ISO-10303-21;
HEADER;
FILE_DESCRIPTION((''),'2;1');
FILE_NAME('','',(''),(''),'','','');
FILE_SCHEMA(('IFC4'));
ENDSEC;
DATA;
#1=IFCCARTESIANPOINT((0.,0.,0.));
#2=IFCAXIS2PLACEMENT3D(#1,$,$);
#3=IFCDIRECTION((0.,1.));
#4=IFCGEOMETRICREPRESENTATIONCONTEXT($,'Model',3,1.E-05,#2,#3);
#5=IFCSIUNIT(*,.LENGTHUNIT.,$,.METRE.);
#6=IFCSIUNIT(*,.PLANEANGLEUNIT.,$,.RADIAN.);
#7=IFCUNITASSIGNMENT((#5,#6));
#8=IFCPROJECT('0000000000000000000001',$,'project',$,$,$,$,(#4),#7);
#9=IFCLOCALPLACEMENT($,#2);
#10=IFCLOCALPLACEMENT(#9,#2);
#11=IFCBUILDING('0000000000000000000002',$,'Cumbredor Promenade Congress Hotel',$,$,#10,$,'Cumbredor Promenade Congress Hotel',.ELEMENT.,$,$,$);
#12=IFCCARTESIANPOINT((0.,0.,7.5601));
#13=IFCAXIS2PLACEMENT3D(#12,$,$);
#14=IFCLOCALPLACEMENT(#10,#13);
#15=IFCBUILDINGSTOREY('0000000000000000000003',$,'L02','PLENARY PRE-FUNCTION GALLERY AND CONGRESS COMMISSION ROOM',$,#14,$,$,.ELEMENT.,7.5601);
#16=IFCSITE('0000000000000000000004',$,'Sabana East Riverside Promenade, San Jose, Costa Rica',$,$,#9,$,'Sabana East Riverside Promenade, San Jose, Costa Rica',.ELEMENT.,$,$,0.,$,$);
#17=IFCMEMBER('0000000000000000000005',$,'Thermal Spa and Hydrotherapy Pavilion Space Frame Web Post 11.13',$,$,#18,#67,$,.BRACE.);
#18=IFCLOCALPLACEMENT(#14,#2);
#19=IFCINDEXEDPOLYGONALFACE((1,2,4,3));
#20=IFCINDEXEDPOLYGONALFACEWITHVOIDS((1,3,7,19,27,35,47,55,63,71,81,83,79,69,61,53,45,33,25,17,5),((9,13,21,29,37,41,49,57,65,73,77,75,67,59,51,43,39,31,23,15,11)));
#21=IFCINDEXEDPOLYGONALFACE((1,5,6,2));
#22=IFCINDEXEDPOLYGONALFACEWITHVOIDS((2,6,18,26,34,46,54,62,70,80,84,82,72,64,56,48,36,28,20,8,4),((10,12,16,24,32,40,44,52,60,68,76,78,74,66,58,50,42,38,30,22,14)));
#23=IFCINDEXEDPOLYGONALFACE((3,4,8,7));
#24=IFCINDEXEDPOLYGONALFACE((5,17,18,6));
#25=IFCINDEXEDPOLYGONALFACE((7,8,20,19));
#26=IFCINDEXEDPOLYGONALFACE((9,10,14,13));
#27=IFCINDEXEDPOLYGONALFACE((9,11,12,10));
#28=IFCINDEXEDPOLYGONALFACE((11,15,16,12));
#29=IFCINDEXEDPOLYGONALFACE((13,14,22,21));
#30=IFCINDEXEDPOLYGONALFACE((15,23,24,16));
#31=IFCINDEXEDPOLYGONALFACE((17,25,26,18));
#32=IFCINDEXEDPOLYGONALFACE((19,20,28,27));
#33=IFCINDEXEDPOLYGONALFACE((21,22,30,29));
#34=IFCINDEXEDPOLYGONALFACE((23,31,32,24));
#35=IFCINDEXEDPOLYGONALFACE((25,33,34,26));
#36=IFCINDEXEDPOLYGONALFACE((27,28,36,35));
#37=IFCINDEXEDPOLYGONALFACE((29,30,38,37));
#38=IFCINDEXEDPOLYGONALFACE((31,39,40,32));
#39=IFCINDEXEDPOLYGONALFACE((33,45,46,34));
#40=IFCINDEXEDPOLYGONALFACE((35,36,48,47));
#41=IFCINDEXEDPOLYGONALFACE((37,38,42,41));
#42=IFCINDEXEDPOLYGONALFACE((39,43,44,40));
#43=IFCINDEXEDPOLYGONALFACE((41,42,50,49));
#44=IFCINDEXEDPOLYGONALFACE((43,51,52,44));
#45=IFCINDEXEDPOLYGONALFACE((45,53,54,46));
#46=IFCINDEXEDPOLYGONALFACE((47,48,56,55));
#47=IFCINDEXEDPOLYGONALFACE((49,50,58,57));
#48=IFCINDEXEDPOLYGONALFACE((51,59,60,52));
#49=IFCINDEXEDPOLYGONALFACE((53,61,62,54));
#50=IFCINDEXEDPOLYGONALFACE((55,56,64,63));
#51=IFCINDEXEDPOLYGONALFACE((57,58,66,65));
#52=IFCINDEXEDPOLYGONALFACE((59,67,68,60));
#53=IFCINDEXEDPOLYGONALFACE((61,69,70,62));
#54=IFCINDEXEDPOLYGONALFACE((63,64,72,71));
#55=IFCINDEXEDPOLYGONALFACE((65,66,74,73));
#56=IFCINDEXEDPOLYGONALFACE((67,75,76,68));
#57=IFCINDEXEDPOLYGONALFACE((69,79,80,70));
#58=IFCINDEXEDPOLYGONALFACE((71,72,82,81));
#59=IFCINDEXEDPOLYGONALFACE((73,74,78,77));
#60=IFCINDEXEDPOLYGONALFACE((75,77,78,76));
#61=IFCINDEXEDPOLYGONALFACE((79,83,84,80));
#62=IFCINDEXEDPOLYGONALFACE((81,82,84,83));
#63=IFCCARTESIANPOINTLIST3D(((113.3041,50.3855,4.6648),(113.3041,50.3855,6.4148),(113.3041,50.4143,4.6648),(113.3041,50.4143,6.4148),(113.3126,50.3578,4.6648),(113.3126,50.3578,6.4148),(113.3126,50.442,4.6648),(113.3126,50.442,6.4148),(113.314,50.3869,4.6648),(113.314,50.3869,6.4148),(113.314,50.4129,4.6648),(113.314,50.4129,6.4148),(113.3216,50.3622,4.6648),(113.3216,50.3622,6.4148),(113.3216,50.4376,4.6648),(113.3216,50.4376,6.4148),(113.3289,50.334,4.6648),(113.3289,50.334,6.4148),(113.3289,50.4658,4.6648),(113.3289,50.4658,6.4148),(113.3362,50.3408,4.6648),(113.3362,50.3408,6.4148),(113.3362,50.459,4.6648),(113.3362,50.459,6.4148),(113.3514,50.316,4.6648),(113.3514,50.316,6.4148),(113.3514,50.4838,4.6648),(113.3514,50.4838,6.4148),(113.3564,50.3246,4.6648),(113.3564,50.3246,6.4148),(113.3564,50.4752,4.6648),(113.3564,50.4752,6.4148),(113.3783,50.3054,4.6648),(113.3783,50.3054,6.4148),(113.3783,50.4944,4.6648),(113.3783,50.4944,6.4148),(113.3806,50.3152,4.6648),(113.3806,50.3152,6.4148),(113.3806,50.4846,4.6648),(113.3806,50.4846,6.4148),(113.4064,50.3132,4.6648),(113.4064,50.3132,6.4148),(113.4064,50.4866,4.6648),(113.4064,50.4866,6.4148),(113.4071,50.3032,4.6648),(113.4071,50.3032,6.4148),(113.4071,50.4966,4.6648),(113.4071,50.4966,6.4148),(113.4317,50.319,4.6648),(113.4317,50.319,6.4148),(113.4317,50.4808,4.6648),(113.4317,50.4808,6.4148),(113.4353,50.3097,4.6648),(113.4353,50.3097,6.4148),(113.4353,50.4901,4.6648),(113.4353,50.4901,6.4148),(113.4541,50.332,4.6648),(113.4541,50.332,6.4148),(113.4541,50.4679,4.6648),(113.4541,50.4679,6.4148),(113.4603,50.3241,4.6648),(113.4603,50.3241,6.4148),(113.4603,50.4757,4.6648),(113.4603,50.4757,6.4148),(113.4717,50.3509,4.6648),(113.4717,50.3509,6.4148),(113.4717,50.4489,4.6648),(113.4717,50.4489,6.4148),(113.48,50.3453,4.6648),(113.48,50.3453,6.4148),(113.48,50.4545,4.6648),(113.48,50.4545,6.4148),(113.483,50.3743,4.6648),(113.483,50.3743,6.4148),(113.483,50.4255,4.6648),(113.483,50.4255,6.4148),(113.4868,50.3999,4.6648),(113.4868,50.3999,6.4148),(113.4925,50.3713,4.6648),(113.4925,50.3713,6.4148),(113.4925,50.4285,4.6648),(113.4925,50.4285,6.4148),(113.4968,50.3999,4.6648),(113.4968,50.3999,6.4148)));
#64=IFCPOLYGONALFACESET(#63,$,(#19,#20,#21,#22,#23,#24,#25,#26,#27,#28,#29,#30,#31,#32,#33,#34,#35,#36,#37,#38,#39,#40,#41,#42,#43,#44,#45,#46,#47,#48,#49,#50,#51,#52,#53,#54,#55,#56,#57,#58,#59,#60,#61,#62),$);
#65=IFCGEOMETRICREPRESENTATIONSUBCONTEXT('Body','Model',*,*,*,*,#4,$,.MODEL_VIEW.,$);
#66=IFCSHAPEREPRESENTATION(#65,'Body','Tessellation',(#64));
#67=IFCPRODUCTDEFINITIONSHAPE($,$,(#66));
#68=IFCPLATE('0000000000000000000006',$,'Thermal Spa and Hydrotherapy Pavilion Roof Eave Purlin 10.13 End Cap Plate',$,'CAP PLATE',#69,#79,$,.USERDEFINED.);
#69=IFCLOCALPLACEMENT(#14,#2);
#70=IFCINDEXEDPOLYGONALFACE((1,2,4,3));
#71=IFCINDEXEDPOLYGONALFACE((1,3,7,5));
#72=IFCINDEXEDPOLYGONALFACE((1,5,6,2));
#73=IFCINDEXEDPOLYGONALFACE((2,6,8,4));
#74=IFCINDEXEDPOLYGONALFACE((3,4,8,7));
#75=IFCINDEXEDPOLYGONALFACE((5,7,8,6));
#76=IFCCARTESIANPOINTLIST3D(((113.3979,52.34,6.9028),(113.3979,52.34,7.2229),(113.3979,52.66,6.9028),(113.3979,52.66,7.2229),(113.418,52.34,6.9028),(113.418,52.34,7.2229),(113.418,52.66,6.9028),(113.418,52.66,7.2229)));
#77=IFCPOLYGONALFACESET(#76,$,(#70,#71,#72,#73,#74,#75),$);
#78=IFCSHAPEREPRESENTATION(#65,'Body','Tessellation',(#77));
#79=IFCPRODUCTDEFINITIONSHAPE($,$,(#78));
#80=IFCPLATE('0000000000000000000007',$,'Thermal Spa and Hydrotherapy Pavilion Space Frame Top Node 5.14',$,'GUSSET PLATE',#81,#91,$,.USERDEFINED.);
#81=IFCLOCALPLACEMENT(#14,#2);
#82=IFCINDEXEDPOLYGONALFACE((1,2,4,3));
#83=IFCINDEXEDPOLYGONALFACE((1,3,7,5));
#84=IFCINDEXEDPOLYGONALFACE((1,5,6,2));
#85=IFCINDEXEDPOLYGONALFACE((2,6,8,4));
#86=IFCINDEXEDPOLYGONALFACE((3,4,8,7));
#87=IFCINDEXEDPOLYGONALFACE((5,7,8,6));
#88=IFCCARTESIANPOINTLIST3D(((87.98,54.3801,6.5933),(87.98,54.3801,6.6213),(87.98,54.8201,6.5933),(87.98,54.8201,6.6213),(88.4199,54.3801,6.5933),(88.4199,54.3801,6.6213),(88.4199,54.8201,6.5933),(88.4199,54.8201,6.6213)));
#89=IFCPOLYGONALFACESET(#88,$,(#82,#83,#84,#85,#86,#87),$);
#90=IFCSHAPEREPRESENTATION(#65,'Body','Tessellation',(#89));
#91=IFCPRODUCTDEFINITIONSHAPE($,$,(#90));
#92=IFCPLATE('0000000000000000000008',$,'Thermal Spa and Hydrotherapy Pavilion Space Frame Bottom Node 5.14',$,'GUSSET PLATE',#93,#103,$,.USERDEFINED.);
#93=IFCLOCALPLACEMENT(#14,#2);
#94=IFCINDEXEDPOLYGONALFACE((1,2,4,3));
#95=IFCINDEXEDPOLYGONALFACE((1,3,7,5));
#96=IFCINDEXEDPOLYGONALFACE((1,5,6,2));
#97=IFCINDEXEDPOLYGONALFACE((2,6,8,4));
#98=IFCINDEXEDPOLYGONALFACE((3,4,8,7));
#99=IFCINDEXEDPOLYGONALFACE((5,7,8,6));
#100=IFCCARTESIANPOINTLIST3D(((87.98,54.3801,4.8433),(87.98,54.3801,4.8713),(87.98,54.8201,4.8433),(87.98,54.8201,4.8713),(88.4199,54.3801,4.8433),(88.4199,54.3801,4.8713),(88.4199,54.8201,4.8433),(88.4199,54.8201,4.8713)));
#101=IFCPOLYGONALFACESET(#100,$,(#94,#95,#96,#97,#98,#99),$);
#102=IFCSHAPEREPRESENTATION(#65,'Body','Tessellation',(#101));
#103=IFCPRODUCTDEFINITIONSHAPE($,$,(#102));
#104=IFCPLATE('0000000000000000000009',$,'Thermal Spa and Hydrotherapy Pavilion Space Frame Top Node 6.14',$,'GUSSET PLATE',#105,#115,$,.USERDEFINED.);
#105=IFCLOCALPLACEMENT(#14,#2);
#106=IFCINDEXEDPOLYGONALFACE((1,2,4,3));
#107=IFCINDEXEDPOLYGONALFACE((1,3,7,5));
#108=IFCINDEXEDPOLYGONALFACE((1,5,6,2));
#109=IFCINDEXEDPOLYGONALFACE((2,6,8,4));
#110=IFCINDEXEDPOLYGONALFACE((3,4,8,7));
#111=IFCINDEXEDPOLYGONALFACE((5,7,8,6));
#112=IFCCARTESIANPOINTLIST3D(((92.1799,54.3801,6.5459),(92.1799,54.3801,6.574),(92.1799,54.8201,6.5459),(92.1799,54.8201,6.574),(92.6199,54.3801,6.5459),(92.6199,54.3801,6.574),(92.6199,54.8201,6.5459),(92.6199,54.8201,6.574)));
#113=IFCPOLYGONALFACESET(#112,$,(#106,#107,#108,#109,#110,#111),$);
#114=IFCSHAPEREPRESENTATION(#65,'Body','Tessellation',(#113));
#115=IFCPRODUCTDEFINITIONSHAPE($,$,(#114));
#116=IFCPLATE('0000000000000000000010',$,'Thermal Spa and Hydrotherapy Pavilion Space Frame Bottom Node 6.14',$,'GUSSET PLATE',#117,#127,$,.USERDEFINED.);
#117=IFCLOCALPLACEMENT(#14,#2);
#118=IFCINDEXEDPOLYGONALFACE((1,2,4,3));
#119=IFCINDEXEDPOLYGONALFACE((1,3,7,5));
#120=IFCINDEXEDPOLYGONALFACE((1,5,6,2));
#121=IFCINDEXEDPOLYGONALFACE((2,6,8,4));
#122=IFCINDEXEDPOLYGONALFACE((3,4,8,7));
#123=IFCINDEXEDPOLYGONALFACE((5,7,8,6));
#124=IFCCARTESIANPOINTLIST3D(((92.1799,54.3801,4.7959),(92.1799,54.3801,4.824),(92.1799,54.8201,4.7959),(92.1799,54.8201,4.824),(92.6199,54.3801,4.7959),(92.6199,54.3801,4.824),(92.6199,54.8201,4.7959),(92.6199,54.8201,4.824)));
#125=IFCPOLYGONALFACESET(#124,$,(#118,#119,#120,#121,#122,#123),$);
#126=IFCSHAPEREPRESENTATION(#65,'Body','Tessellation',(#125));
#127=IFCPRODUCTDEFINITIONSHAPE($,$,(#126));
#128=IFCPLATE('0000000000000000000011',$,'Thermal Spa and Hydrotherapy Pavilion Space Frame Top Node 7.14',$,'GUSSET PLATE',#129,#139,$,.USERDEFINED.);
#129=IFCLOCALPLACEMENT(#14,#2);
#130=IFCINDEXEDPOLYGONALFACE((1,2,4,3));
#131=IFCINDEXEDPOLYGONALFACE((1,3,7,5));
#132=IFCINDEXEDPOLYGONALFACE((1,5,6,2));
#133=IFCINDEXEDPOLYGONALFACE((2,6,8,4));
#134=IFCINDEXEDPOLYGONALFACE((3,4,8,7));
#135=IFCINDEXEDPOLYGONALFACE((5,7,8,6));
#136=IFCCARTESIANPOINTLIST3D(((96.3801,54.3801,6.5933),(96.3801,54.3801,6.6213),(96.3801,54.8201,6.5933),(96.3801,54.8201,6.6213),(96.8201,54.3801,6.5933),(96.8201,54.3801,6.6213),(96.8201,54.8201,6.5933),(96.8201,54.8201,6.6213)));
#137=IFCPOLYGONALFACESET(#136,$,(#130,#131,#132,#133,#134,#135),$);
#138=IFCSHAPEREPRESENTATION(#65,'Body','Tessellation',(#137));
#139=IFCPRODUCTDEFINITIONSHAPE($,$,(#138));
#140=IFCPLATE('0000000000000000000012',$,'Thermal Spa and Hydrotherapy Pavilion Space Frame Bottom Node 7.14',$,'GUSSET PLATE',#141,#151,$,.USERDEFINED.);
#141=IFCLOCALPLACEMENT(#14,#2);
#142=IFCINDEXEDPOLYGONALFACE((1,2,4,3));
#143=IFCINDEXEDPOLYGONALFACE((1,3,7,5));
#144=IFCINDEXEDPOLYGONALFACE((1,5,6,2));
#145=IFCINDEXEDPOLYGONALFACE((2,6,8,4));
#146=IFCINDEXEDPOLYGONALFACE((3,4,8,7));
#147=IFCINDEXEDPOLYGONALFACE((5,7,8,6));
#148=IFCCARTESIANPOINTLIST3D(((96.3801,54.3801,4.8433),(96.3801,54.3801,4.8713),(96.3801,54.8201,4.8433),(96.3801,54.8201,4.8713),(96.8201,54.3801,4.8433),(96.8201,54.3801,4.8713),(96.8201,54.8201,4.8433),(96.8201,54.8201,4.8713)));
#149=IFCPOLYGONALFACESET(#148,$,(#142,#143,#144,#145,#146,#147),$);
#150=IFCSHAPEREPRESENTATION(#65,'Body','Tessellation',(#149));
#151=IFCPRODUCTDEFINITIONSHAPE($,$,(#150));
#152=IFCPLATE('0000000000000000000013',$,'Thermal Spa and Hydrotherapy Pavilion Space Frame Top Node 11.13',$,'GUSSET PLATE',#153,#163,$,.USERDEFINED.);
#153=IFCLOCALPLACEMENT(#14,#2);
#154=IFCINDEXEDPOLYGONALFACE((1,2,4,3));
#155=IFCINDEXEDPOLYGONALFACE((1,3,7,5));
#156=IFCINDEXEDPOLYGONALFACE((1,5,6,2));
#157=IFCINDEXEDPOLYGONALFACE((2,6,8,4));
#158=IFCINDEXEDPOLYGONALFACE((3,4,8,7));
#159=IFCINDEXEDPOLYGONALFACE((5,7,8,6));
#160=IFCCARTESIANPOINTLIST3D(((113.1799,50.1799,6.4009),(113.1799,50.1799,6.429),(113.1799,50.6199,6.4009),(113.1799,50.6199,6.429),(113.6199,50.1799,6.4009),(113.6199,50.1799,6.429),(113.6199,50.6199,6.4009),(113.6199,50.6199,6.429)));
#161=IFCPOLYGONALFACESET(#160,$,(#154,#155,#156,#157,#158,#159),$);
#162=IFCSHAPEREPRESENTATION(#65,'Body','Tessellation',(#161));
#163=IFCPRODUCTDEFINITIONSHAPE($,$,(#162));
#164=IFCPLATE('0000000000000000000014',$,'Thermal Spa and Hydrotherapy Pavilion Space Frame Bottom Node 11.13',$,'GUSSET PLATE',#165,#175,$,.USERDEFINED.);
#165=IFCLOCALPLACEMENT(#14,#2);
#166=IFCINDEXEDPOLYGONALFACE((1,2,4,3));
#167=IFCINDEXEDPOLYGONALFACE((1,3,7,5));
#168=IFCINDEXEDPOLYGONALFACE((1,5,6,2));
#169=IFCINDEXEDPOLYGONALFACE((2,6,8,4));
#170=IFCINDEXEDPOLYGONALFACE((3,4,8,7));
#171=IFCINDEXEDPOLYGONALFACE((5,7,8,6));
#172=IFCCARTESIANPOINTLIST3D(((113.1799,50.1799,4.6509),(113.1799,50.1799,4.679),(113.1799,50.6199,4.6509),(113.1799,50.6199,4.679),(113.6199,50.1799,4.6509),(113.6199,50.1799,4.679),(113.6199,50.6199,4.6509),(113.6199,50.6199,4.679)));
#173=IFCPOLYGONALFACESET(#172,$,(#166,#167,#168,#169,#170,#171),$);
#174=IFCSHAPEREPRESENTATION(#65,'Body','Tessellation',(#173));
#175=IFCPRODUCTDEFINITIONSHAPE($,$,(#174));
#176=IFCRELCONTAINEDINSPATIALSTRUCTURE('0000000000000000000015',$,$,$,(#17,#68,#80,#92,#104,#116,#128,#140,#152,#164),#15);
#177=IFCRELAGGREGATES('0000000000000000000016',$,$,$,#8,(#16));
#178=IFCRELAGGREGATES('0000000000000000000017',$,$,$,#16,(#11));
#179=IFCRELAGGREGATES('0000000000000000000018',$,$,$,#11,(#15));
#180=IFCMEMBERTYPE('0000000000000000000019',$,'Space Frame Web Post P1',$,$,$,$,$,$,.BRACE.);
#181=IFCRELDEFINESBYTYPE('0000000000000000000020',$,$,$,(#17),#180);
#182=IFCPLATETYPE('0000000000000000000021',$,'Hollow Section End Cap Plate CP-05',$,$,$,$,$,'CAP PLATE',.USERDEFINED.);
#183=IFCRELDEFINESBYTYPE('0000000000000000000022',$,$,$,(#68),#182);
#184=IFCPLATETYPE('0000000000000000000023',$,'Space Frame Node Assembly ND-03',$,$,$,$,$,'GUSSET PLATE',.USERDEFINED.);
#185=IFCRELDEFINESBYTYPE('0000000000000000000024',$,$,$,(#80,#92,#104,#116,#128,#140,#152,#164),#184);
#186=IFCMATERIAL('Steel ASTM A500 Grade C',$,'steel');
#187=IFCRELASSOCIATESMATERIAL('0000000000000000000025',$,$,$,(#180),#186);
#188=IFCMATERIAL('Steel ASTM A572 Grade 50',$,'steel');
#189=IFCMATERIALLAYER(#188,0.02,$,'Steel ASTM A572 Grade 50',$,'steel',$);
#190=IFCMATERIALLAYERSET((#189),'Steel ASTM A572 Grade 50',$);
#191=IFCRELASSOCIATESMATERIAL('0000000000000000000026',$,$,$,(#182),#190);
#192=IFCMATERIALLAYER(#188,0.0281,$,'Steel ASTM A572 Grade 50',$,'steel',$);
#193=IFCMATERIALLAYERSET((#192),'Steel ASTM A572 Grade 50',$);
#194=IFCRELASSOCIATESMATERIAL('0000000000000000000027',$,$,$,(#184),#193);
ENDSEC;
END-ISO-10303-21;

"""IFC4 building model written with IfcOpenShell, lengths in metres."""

from ifc_helpers import new_model, si_unit, direction, frame, origin, origin_2d, place, context, subcontext, project, spatial, rectangle, hollow_circle, extrude, material, layer, layer_set, material_profile, profile_set, type_object, element, save


model = new_model("IFC4")

# Units and contexts
model_context = context("Model", 3, precision=1e-05, world=origin(), true_north=direction((0.0, 1.0)))
body_context = subcontext(model_context, "Body", "Model", "MODEL_VIEW")
ifc_project = project(units=[si_unit("LENGTHUNIT", "METRE"), si_unit("PLANEANGLEUNIT", "RADIAN")], contexts=[model_context])

# Site, building, storey
site_placement = place(None, origin())
site = spatial("IfcSite", under=ifc_project, at=site_placement, Name="Sabana East Riverside Promenade, San Jose, Costa Rica", LongName="Sabana East Riverside Promenade, San Jose, Costa Rica", CompositionType="ELEMENT", RefElevation=0.0)
building_placement = place(site_placement, origin())
building = spatial("IfcBuilding", under=site, at=building_placement, Name="Cumbredor Promenade Congress Hotel", LongName="Cumbredor Promenade Congress Hotel", CompositionType="ELEMENT")
storey_placement = place(building_placement, frame((0.0, 0.0, 7.5601)))
storey = spatial("IfcBuildingStorey", under=building, at=storey_placement, Name="L02", Description="PLENARY PRE-FUNCTION GALLERY AND CONGRESS COMMISSION ROOM", CompositionType="ELEMENT", Elevation=7.5601)

# Member
ifc_material_1 = material(Name="Steel ASTM A500 Grade C", Category="steel")
ifc_material_profile_1 = material_profile(ifc_material_1, hollow_circle(Radius=0.0969, WallThickness=0.01, at=origin_2d()), Name="CHS 193.7x10")
ifc_profile_set_1 = profile_set([ifc_material_profile_1], Name="Steel ASTM A500 Grade C")
member_type_1 = type_object("IfcMemberType", Name="Space Frame Web Post P1", PredefinedType="BRACE", material=ifc_profile_set_1)
for number, where, z_axis, x_axis, name in (
    (1, (113.3999, 50.3999, 4.6648), (0.0, 0.0, 1.0), (1.0, 0.0, 0.0), "Thermal Spa and Hydrotherapy Pavilion Space Frame Web Post 11.13"),
):
    element("IfcMember", number, at=place(storey_placement, frame(where, z_axis=z_axis, x_axis=x_axis)), inside=storey, type_object=member_type_1, Name=name, PredefinedType="BRACE", context=body_context, shape_type="SweptSolid", body=[
        extrude(hollow_circle(Radius=0.0969, WallThickness=0.01, at=origin_2d()), origin(), (0.0, 0.0, 1.0), 1.75),
    ])

# Plates
ifc_material_2 = material(Name="Steel ASTM A572 Grade 50", Category="steel")
ifc_layer_1 = layer(ifc_material_2, 0.02, Name="Steel ASTM A572 Grade 50", Category="steel")
ifc_layer_set_1 = layer_set([ifc_layer_1], Name="Steel ASTM A572 Grade 50")
plate_type_1 = type_object("IfcPlateType", Name="Hollow Section End Cap Plate CP-05", ElementType="CAP PLATE", PredefinedType="USERDEFINED", material=ifc_layer_set_1)
plate_placement = place(storey_placement, frame((113.408, 52.5, 6.9028), z_axis=(0.0, 0.0, 1.0), x_axis=(1.0, 0.0, 0.0)))
element("IfcPlate", 2, at=plate_placement, inside=storey, type_object=plate_type_1, Name="Thermal Spa and Hydrotherapy Pavilion Roof Eave Purlin 10.13 End Cap Plate", ObjectType="CAP PLATE", PredefinedType="USERDEFINED", context=body_context, shape_type="SweptSolid", body=[
    extrude(rectangle(XDim=0.02, YDim=0.3201, at=origin_2d()), origin(), (0.0, 0.0, 1.0), 0.3201),
])
ifc_layer_2 = layer(ifc_material_2, 0.0281, Name="Steel ASTM A572 Grade 50", Category="steel")
ifc_layer_set_2 = layer_set([ifc_layer_2], Name="Steel ASTM A572 Grade 50")
plate_type_2 = type_object("IfcPlateType", Name="Space Frame Node Assembly ND-03", ElementType="GUSSET PLATE", PredefinedType="USERDEFINED", material=ifc_layer_set_2)
for number, where, z_axis, x_axis, name in (
    (3, (88.2, 54.6001, 6.5933), (0.0, 0.0, 1.0), (1.0, 0.0, 0.0), "Thermal Spa and Hydrotherapy Pavilion Space Frame Top Node 5.14"),
    (4, (88.2, 54.6001, 4.8433), (0.0, 0.0, 1.0), (1.0, 0.0, 0.0), "Thermal Spa and Hydrotherapy Pavilion Space Frame Bottom Node 5.14"),
    (5, (92.3999, 54.6001, 6.5459), (0.0, 0.0, 1.0), (1.0, 0.0, 0.0), "Thermal Spa and Hydrotherapy Pavilion Space Frame Top Node 6.14"),
    (6, (92.3999, 54.6001, 4.7959), (0.0, 0.0, 1.0), (1.0, 0.0, 0.0), "Thermal Spa and Hydrotherapy Pavilion Space Frame Bottom Node 6.14"),
    (7, (96.6001, 54.6001, 6.5933), (0.0, 0.0, 1.0), (1.0, 0.0, 0.0), "Thermal Spa and Hydrotherapy Pavilion Space Frame Top Node 7.14"),
    (8, (96.6001, 54.6001, 4.8433), (0.0, 0.0, 1.0), (1.0, 0.0, 0.0), "Thermal Spa and Hydrotherapy Pavilion Space Frame Bottom Node 7.14"),
    (9, (113.3999, 50.3999, 6.4009), (0.0, 0.0, 1.0), (1.0, 0.0, 0.0), "Thermal Spa and Hydrotherapy Pavilion Space Frame Top Node 11.13"),
    (10, (113.3999, 50.3999, 4.6509), (0.0, 0.0, 1.0), (1.0, 0.0, 0.0), "Thermal Spa and Hydrotherapy Pavilion Space Frame Bottom Node 11.13"),
):
    element("IfcPlate", number, at=place(storey_placement, frame(where, z_axis=z_axis, x_axis=x_axis)), inside=storey, type_object=plate_type_2, Name=name, ObjectType="GUSSET PLATE", PredefinedType="USERDEFINED", context=body_context, shape_type="SweptSolid", body=[
        extrude(rectangle(XDim=0.4399, YDim=0.4399, at=origin_2d()), origin(), (0.0, 0.0, 1.0), 0.0281),
    ])

save(model, "model.ifc")
